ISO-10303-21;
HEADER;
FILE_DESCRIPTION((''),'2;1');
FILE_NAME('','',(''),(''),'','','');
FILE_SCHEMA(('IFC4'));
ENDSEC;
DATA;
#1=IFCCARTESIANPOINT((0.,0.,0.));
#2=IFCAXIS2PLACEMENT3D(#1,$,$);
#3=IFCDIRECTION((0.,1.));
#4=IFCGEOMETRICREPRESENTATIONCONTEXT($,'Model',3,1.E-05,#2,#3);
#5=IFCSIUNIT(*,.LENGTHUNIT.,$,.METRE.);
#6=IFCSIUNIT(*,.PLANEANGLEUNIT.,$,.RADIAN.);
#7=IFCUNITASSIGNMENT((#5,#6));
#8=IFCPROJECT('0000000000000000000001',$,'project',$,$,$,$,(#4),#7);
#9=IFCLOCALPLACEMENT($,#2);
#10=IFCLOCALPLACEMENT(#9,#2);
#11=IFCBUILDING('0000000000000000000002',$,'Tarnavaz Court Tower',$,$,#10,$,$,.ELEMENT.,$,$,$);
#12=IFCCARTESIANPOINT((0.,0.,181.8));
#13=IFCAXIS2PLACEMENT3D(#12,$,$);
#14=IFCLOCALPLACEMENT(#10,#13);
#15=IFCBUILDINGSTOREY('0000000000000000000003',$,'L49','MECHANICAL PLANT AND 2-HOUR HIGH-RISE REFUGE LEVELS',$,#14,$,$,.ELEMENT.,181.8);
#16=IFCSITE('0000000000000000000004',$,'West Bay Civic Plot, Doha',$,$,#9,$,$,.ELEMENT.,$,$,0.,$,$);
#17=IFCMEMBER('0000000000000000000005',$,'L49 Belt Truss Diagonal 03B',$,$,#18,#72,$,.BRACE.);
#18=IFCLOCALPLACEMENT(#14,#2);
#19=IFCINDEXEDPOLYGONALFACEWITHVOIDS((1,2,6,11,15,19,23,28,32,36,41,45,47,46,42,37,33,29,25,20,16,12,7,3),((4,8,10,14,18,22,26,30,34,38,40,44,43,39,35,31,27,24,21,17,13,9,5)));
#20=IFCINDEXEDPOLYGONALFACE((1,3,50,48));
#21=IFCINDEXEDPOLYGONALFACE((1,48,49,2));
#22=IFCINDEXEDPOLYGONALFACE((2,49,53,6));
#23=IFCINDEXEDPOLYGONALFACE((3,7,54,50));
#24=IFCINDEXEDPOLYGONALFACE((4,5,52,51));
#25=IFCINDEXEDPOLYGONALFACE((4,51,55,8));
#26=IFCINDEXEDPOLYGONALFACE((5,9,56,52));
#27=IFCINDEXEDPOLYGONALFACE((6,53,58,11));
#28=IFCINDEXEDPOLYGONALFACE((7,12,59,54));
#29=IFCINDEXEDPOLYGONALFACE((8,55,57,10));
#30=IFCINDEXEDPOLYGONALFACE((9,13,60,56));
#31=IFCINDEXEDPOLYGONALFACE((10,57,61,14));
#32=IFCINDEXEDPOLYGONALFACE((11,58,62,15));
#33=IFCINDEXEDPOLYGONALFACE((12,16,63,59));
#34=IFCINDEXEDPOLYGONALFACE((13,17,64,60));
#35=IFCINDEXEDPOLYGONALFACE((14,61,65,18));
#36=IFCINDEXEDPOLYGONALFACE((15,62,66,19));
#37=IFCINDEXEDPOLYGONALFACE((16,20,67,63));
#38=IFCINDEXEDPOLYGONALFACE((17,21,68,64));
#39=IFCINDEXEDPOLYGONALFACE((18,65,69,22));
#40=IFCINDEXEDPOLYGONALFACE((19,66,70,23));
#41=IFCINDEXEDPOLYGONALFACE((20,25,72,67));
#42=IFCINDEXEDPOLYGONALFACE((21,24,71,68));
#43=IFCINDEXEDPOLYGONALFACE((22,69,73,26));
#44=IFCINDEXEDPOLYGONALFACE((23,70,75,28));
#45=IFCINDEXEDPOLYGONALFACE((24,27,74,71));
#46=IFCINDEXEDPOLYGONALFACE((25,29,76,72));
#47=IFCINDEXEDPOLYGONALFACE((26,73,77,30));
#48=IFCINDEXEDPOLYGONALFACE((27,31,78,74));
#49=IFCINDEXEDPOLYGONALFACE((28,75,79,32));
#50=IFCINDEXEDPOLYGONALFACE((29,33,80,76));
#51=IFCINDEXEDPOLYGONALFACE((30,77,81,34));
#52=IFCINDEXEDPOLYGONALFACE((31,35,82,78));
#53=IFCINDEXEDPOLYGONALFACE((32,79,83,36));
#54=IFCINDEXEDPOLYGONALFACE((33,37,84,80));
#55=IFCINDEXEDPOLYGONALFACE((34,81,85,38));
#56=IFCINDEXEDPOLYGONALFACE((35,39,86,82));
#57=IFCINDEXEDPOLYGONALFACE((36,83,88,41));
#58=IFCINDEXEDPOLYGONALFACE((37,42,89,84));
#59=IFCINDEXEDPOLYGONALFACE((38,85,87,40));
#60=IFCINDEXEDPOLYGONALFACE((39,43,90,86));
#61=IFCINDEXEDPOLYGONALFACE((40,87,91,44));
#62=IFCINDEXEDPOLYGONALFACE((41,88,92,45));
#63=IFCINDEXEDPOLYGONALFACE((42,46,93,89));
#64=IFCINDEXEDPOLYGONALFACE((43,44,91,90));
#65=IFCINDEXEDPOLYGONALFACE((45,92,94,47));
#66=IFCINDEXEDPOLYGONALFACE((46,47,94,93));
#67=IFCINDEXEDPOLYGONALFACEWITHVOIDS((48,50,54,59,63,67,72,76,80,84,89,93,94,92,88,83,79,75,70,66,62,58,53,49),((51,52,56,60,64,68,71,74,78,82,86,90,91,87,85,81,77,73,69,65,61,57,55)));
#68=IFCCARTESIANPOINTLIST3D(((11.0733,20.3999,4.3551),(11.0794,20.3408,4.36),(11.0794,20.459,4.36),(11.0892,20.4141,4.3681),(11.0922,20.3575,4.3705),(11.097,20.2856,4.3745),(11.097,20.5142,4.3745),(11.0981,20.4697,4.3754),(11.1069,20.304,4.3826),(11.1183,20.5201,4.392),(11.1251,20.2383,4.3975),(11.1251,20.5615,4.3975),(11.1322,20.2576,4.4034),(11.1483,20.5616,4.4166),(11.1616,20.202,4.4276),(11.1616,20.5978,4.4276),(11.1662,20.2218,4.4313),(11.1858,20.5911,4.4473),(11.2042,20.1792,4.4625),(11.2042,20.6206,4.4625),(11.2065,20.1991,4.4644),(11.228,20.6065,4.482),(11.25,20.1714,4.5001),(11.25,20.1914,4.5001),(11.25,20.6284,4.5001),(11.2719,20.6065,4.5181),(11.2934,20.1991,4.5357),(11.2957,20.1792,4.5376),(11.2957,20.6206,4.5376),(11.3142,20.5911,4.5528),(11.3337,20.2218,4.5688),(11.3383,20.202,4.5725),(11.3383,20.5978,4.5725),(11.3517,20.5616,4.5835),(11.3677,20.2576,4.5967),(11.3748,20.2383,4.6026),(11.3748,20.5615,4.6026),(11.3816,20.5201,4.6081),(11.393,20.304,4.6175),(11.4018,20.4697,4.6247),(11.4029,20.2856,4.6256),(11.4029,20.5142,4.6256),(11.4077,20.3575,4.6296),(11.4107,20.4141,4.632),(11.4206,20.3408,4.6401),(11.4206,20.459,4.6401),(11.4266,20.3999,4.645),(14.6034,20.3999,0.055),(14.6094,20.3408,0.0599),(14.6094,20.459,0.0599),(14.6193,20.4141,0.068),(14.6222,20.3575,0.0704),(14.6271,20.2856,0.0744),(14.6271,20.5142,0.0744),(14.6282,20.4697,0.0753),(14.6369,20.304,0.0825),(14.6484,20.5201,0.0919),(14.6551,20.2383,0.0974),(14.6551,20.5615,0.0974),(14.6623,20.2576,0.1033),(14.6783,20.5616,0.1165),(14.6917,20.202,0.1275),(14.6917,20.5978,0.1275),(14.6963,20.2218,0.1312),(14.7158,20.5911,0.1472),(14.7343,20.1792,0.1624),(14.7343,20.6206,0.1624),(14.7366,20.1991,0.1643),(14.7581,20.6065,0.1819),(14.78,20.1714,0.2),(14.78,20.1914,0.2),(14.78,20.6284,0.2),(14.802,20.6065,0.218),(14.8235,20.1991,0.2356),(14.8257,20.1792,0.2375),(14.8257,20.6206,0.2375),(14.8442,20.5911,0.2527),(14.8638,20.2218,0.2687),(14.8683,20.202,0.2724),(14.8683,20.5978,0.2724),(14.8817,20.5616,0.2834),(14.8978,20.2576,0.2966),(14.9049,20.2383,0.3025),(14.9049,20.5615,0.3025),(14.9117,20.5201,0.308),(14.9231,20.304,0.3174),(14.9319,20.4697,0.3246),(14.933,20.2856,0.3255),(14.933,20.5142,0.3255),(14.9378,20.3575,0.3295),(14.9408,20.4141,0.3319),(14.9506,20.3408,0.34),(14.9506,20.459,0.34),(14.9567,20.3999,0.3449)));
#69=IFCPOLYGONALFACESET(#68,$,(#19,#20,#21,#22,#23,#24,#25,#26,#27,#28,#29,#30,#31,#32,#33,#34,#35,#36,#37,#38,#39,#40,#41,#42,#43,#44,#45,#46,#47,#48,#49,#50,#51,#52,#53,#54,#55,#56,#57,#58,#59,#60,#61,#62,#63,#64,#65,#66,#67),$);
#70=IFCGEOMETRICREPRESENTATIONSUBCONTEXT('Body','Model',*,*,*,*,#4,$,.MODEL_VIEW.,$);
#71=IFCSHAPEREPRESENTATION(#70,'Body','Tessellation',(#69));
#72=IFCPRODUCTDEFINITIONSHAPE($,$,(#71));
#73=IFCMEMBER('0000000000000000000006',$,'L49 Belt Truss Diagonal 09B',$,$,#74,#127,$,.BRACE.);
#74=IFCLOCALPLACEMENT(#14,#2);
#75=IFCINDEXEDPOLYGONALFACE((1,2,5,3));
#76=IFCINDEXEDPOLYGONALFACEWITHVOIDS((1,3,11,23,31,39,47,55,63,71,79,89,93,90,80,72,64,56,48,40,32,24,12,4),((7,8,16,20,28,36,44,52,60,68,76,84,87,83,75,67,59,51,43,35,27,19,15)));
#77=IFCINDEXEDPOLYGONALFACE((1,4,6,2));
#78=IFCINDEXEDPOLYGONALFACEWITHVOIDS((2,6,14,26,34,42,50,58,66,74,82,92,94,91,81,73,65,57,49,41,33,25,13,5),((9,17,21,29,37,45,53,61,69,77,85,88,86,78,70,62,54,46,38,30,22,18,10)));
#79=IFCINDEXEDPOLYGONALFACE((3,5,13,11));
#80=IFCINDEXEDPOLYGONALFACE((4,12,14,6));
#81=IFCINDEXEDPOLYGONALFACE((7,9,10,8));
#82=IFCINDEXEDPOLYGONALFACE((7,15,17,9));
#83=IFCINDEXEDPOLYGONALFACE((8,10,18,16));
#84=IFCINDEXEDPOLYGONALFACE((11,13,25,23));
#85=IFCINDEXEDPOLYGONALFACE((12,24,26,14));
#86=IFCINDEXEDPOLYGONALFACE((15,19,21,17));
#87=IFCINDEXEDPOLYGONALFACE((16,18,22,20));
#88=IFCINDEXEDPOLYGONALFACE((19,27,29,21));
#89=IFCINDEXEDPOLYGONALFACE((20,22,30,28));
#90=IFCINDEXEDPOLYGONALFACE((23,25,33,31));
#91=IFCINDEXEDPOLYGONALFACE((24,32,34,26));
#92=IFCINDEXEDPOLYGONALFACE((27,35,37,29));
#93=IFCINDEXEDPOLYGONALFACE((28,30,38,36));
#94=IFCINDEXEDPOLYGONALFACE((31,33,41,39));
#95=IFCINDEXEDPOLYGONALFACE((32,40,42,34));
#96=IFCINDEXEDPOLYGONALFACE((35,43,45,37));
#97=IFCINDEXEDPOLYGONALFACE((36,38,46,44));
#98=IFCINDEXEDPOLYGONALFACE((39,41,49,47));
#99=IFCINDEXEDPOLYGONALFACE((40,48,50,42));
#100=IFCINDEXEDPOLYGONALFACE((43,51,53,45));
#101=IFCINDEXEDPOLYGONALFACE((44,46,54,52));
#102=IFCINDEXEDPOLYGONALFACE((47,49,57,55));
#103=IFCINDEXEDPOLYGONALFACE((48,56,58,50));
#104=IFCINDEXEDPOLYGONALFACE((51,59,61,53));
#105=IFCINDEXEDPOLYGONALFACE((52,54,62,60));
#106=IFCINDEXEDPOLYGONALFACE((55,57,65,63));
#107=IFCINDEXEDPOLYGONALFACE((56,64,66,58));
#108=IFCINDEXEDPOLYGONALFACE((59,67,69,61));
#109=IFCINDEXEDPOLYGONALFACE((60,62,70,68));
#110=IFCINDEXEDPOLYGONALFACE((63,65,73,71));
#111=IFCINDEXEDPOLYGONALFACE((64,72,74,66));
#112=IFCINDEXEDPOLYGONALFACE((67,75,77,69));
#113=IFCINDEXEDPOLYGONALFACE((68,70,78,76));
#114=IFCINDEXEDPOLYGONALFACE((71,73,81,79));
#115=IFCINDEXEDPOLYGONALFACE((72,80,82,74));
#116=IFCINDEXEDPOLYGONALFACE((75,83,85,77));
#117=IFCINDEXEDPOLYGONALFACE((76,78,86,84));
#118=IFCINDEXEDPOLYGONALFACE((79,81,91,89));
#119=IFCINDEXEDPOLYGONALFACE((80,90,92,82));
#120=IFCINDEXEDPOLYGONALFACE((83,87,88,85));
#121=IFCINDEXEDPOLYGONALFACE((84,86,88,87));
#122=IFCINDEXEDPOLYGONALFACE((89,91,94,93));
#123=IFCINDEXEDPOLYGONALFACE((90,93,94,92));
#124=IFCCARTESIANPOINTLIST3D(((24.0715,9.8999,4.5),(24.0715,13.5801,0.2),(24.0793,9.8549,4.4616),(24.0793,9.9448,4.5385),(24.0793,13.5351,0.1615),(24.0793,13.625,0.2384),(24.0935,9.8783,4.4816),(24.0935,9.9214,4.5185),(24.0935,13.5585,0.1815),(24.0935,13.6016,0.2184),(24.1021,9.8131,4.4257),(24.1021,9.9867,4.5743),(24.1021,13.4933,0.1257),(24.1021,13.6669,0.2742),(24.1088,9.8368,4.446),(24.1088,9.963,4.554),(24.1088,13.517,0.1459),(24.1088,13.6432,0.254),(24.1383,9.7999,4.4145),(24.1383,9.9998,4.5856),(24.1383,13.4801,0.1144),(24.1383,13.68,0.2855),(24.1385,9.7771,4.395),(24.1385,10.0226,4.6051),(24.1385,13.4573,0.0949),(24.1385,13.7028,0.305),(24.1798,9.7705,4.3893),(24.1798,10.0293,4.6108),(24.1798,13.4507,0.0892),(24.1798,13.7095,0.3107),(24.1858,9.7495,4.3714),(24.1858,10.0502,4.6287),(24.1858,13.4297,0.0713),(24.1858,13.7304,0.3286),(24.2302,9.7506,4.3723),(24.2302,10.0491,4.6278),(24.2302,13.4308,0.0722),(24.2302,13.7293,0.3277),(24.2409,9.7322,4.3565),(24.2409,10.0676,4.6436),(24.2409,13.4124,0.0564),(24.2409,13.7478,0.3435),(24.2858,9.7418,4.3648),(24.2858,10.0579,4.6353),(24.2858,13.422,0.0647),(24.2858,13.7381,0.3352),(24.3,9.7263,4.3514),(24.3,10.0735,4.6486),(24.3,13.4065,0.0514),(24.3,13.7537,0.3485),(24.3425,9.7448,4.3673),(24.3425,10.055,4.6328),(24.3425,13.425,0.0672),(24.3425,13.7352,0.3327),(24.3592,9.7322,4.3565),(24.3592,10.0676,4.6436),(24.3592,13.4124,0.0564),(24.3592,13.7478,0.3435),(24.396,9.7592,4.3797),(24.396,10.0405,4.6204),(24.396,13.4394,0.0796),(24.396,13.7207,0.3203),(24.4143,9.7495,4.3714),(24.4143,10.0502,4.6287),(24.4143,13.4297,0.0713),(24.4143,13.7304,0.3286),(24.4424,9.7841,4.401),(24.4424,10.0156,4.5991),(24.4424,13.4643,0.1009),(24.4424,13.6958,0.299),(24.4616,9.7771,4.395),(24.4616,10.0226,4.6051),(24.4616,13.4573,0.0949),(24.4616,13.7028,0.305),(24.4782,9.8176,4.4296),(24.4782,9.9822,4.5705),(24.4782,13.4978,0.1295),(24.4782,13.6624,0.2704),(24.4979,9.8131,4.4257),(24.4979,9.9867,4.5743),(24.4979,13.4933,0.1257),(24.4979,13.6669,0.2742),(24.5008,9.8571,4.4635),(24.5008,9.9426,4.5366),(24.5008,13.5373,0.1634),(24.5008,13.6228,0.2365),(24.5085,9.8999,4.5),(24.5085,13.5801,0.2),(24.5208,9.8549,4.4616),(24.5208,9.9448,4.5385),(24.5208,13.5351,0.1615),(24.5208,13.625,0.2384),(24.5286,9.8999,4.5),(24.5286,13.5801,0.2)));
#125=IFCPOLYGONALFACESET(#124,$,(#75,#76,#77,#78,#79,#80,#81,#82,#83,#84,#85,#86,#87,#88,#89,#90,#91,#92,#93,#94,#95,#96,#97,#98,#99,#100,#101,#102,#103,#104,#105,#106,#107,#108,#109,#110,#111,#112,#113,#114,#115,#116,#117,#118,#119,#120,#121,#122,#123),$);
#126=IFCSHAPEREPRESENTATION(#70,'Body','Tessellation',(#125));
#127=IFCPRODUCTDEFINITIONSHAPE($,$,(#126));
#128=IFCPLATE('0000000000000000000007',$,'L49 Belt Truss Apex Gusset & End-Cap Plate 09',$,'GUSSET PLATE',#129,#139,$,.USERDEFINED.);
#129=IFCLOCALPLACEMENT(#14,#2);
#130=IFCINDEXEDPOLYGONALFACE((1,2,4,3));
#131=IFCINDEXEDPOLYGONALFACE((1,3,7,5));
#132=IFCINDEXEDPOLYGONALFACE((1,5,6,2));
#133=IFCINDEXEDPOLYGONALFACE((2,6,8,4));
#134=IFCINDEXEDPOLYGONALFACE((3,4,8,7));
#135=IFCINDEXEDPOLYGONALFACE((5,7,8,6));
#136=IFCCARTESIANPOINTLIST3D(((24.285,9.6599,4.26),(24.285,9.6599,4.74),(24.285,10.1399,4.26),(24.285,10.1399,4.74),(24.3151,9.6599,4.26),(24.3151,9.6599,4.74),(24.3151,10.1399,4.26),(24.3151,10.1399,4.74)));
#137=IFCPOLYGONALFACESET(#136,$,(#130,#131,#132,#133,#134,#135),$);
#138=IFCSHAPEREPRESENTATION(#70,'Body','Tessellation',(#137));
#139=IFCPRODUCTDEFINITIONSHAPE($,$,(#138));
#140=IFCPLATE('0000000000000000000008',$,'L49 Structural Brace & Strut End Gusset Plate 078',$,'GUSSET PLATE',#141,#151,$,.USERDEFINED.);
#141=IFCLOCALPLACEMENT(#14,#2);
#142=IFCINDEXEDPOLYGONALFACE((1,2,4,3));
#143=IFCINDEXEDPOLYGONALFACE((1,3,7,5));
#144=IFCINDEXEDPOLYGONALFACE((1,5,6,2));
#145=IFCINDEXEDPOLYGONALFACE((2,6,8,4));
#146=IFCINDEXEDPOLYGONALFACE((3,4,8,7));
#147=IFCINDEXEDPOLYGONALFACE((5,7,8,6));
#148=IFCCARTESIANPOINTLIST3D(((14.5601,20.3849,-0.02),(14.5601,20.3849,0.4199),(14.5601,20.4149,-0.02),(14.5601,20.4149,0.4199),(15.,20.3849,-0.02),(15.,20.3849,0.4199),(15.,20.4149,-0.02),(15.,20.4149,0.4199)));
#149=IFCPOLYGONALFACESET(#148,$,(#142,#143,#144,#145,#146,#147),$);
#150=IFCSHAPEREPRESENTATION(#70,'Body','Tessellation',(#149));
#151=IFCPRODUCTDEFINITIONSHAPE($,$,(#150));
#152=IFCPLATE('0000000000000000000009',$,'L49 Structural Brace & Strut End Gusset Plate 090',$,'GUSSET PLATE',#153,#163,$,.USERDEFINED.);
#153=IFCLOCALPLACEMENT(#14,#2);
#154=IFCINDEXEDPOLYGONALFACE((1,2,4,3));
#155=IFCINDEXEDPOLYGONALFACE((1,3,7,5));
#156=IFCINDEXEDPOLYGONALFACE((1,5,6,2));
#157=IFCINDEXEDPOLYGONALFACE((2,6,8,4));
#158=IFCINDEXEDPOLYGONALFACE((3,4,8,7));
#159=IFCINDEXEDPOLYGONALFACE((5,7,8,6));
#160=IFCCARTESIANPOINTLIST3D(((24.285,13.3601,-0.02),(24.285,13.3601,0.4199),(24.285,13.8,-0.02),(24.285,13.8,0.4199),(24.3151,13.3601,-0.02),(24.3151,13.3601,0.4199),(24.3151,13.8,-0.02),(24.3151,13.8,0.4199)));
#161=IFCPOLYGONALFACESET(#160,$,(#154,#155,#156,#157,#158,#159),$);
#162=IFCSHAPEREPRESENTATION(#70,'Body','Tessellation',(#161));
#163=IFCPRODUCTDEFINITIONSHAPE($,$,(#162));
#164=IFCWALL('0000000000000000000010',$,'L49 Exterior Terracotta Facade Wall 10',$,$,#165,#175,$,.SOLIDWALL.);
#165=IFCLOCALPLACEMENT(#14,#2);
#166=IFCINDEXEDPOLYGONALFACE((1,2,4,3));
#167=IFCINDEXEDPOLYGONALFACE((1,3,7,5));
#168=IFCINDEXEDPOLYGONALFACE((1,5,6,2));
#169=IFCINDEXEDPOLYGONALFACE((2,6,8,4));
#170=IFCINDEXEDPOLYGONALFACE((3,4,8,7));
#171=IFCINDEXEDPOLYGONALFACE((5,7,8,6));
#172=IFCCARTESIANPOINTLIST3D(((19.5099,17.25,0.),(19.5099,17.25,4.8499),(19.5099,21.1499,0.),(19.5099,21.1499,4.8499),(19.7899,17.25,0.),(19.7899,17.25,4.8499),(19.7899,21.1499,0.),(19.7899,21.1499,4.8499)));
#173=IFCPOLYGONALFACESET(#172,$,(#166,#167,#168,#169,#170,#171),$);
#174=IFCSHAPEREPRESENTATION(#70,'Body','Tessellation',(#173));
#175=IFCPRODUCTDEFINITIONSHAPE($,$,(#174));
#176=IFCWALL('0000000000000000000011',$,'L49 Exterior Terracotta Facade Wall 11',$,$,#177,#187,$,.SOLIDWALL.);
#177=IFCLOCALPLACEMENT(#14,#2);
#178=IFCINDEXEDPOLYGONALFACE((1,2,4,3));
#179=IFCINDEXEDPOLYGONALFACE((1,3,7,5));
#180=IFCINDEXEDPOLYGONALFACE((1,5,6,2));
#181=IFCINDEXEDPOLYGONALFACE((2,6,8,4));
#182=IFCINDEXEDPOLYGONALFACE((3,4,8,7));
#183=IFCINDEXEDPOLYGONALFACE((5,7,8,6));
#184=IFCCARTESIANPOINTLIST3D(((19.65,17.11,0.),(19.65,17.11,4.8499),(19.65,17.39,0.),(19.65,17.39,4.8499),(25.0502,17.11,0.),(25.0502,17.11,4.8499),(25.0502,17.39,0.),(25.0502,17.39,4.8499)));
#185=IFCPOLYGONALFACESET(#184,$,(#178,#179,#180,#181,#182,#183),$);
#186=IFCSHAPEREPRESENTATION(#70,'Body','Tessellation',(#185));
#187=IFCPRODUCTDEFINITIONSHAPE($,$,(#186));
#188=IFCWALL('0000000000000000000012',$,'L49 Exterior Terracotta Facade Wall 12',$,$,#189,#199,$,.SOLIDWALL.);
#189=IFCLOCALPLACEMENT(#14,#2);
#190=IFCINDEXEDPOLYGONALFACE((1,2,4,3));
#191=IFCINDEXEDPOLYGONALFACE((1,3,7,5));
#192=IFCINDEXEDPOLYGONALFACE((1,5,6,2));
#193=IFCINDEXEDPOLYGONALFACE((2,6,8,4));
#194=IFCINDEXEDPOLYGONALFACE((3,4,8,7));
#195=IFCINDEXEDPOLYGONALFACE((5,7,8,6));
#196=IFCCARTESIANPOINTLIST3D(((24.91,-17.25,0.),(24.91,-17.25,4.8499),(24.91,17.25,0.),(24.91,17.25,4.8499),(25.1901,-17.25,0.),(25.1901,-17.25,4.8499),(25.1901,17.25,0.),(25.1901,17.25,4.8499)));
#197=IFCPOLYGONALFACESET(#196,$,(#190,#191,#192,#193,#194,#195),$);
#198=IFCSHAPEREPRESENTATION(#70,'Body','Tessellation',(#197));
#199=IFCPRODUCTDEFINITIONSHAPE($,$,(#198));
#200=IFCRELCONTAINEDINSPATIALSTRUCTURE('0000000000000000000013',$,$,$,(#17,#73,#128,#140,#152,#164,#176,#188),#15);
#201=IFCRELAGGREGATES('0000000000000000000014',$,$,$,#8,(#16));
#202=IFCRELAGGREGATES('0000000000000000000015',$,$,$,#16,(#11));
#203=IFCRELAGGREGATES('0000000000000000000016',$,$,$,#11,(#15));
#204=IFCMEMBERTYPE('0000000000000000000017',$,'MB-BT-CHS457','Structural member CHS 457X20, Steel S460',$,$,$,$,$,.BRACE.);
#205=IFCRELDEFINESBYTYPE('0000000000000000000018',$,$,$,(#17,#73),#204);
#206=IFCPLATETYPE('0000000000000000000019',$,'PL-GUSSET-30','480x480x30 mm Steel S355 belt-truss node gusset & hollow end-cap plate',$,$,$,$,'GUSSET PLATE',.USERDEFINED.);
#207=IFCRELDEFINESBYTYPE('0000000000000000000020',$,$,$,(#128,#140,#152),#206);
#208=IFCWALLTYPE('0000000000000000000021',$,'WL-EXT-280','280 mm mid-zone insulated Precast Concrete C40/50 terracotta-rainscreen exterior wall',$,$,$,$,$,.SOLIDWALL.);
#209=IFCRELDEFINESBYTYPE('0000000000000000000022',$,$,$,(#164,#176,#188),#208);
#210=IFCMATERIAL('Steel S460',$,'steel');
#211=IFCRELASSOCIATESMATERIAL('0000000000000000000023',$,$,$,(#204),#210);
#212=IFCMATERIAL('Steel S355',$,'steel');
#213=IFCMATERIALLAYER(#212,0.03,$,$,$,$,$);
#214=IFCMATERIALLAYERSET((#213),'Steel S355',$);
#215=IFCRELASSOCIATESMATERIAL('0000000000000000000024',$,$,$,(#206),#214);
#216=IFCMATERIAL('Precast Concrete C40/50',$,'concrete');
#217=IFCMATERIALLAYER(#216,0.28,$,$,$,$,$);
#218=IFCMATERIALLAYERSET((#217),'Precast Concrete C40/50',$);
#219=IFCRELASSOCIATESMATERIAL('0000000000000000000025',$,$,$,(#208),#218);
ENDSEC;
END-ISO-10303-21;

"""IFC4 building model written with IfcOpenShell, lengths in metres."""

from ifc_helpers import new_model, si_unit, direction, frame, frame_2d, origin, origin_2d, place, context, subcontext, project, spatial, rectangle, hollow_circle, extrude, material, layer, layer_set, material_profile, profile_set, type_object, element, save


model = new_model("IFC4")

# Units and contexts
model_context = context("Model", 3, precision=1e-05, world=origin(), true_north=direction((0.0, 1.0)))
body_context = subcontext(model_context, "Body", "Model", "MODEL_VIEW")
ifc_project = project(units=[si_unit("LENGTHUNIT", "METRE"), si_unit("PLANEANGLEUNIT", "RADIAN")], contexts=[model_context])

# Site, building, storey
site_placement = place(None, origin())
site = spatial("IfcSite", under=ifc_project, at=site_placement, Name="West Bay Civic Plot, Doha", CompositionType="ELEMENT", RefElevation=0.0)
building_placement = place(site_placement, origin())
building = spatial("IfcBuilding", under=site, at=building_placement, Name="Tarnavaz Court Tower", CompositionType="ELEMENT")
storey_placement = place(building_placement, frame((0.0, 0.0, 181.8)))
storey = spatial("IfcBuildingStorey", under=building, at=storey_placement, Name="L49", Description="MECHANICAL PLANT AND 2-HOUR HIGH-RISE REFUGE LEVELS", CompositionType="ELEMENT", Elevation=181.8)

# Shared definitions
ifc_material_1 = material(Name="Steel S460", Category="steel")

# Members
ifc_material_profile_1 = material_profile(ifc_material_1, hollow_circle(Radius=0.2285, WallThickness=0.02, at=origin_2d()), Name="CHS 457X20")
ifc_profile_set_1 = profile_set([ifc_material_profile_1], Name="Steel S460")
member_type = type_object("IfcMemberType", Name="MB-BT-CHS457", Description="Structural member CHS 457X20, Steel S460", PredefinedType="BRACE", material=ifc_profile_set_1)
member_1_placement = place(storey_placement, frame((14.78, 20.3999, 0.2), z_axis=(-0.634508, 0.0, 0.772916), x_axis=(0.0, -1.0, 0.0)))
element("IfcMember", 1, at=member_1_placement, inside=storey, type_object=member_type, Name="L49 Belt Truss Diagonal 03B", PredefinedType="BRACE", context=body_context, shape_type="SweptSolid", body=[
    extrude(hollow_circle(Radius=0.2285, WallThickness=0.02, at=origin_2d()), origin(), (0.0, 0.0, 1.0), 5.5635),
])
member_2_placement = place(storey_placement, frame((24.3, 13.5801, 0.2), z_axis=(0.0, -0.650223, 0.759744), x_axis=(1.0, 0.0, 0.0)))
element("IfcMember", 2, at=member_2_placement, inside=storey, type_object=member_type, Name="L49 Belt Truss Diagonal 09B", PredefinedType="BRACE", context=body_context, shape_type="SweptSolid", body=[
    extrude(hollow_circle(Radius=0.2285, WallThickness=0.02, at=origin_2d()), origin(), (0.0, 0.0, 1.0), 5.6599),
])

# Plates
ifc_material_2 = material(Name="Steel S355", Category="steel")
ifc_layer_1 = layer(ifc_material_2, 0.03)
ifc_layer_set_1 = layer_set([ifc_layer_1], Name="Steel S355")
plate_type = type_object("IfcPlateType", Name="PL-GUSSET-30", Description="480x480x30 mm Steel S355 belt-truss node gusset & hollow end-cap plate", ElementType="GUSSET PLATE", PredefinedType="USERDEFINED", material=ifc_layer_set_1)
plate_placement = place(storey_placement, frame((24.3, 9.8999, 4.26), z_axis=(0.0, 0.0, 1.0), x_axis=(0.0, 1.0, 0.0)))
element("IfcPlate", 3, at=plate_placement, inside=storey, type_object=plate_type, Name="L49 Belt Truss Apex Gusset & End-Cap Plate 09", ObjectType="GUSSET PLATE", PredefinedType="USERDEFINED", context=body_context, shape_type="SweptSolid", body=[
    extrude(rectangle(XDim=0.48, YDim=0.03, at=origin_2d()), origin(), (0.0, 0.0, 1.0), 0.48),
])
for number, where, z_axis, x_axis, name in (
    (4, (14.78, 20.3999, -0.02), (0.0, 0.0, 1.0), (1.0, 0.0, 0.0), "L49 Structural Brace & Strut End Gusset Plate 078"),
    (5, (24.3, 13.5801, -0.02), (0.0, 0.0, 1.0), (0.0, 1.0, 0.0), "L49 Structural Brace & Strut End Gusset Plate 090"),
):
    element("IfcPlate", number, at=place(storey_placement, frame(where, z_axis=z_axis, x_axis=x_axis)), inside=storey, type_object=plate_type, Name=name, ObjectType="GUSSET PLATE", PredefinedType="USERDEFINED", context=body_context, shape_type="SweptSolid", body=[
        extrude(rectangle(XDim=0.4399, YDim=0.03, at=origin_2d()), origin(), (0.0, 0.0, 1.0), 0.4399),
    ])

# Walls
ifc_material_3 = material(Name="Precast Concrete C40/50", Category="concrete")
ifc_layer_2 = layer(ifc_material_3, 0.28)
ifc_layer_set_2 = layer_set([ifc_layer_2], Name="Precast Concrete C40/50")
wall_type_1 = type_object("IfcWallType", Name="WL-EXT-280", Description="280 mm mid-zone insulated Precast Concrete C40/50 terracotta-rainscreen exterior wall", PredefinedType="SOLIDWALL", material=ifc_layer_set_2)
wall_1_placement = place(storey_placement, frame((19.6499, 21.1499, 0.0), z_axis=(0.0, 0.0, 1.0), x_axis=(0.0, -1.0, 0.0)))
element("IfcWall", 6, at=wall_1_placement, inside=storey, type_object=wall_type_1, Name="L49 Exterior Terracotta Facade Wall 10", PredefinedType="SOLIDWALL", context=body_context, shape_type="SweptSolid", body=[
    extrude(rectangle(XDim=3.8999, YDim=0.28, at=frame_2d((1.95, 0.0))), origin(), (0.0, 0.0, 1.0), 4.8499),
])
wall_2_placement = place(storey_placement, frame((19.6499, 17.25, 0.0), z_axis=(0.0, 0.0, 1.0), x_axis=(1.0, 0.0, 0.0)))
element("IfcWall", 7, at=wall_2_placement, inside=storey, type_object=wall_type_1, Name="L49 Exterior Terracotta Facade Wall 11", PredefinedType="SOLIDWALL", context=body_context, shape_type="SweptSolid", body=[
    extrude(rectangle(XDim=5.4001, YDim=0.28, at=frame_2d((2.7002, 0.0))), origin(), (0.0, 0.0, 1.0), 4.8499),
])
wall_3_placement = place(storey_placement, frame((25.05, 17.25, 0.0), z_axis=(0.0, 0.0, 1.0), x_axis=(0.0, -1.0, 0.0)))
element("IfcWall", 8, at=wall_3_placement, inside=storey, type_object=wall_type_1, Name="L49 Exterior Terracotta Facade Wall 12", PredefinedType="SOLIDWALL", context=body_context, shape_type="SweptSolid", body=[
    extrude(rectangle(XDim=34.5, YDim=0.28, at=frame_2d((17.25, 0.0))), origin(), (0.0, 0.0, 1.0), 4.8499),
])

save(model, "model.ifc")
